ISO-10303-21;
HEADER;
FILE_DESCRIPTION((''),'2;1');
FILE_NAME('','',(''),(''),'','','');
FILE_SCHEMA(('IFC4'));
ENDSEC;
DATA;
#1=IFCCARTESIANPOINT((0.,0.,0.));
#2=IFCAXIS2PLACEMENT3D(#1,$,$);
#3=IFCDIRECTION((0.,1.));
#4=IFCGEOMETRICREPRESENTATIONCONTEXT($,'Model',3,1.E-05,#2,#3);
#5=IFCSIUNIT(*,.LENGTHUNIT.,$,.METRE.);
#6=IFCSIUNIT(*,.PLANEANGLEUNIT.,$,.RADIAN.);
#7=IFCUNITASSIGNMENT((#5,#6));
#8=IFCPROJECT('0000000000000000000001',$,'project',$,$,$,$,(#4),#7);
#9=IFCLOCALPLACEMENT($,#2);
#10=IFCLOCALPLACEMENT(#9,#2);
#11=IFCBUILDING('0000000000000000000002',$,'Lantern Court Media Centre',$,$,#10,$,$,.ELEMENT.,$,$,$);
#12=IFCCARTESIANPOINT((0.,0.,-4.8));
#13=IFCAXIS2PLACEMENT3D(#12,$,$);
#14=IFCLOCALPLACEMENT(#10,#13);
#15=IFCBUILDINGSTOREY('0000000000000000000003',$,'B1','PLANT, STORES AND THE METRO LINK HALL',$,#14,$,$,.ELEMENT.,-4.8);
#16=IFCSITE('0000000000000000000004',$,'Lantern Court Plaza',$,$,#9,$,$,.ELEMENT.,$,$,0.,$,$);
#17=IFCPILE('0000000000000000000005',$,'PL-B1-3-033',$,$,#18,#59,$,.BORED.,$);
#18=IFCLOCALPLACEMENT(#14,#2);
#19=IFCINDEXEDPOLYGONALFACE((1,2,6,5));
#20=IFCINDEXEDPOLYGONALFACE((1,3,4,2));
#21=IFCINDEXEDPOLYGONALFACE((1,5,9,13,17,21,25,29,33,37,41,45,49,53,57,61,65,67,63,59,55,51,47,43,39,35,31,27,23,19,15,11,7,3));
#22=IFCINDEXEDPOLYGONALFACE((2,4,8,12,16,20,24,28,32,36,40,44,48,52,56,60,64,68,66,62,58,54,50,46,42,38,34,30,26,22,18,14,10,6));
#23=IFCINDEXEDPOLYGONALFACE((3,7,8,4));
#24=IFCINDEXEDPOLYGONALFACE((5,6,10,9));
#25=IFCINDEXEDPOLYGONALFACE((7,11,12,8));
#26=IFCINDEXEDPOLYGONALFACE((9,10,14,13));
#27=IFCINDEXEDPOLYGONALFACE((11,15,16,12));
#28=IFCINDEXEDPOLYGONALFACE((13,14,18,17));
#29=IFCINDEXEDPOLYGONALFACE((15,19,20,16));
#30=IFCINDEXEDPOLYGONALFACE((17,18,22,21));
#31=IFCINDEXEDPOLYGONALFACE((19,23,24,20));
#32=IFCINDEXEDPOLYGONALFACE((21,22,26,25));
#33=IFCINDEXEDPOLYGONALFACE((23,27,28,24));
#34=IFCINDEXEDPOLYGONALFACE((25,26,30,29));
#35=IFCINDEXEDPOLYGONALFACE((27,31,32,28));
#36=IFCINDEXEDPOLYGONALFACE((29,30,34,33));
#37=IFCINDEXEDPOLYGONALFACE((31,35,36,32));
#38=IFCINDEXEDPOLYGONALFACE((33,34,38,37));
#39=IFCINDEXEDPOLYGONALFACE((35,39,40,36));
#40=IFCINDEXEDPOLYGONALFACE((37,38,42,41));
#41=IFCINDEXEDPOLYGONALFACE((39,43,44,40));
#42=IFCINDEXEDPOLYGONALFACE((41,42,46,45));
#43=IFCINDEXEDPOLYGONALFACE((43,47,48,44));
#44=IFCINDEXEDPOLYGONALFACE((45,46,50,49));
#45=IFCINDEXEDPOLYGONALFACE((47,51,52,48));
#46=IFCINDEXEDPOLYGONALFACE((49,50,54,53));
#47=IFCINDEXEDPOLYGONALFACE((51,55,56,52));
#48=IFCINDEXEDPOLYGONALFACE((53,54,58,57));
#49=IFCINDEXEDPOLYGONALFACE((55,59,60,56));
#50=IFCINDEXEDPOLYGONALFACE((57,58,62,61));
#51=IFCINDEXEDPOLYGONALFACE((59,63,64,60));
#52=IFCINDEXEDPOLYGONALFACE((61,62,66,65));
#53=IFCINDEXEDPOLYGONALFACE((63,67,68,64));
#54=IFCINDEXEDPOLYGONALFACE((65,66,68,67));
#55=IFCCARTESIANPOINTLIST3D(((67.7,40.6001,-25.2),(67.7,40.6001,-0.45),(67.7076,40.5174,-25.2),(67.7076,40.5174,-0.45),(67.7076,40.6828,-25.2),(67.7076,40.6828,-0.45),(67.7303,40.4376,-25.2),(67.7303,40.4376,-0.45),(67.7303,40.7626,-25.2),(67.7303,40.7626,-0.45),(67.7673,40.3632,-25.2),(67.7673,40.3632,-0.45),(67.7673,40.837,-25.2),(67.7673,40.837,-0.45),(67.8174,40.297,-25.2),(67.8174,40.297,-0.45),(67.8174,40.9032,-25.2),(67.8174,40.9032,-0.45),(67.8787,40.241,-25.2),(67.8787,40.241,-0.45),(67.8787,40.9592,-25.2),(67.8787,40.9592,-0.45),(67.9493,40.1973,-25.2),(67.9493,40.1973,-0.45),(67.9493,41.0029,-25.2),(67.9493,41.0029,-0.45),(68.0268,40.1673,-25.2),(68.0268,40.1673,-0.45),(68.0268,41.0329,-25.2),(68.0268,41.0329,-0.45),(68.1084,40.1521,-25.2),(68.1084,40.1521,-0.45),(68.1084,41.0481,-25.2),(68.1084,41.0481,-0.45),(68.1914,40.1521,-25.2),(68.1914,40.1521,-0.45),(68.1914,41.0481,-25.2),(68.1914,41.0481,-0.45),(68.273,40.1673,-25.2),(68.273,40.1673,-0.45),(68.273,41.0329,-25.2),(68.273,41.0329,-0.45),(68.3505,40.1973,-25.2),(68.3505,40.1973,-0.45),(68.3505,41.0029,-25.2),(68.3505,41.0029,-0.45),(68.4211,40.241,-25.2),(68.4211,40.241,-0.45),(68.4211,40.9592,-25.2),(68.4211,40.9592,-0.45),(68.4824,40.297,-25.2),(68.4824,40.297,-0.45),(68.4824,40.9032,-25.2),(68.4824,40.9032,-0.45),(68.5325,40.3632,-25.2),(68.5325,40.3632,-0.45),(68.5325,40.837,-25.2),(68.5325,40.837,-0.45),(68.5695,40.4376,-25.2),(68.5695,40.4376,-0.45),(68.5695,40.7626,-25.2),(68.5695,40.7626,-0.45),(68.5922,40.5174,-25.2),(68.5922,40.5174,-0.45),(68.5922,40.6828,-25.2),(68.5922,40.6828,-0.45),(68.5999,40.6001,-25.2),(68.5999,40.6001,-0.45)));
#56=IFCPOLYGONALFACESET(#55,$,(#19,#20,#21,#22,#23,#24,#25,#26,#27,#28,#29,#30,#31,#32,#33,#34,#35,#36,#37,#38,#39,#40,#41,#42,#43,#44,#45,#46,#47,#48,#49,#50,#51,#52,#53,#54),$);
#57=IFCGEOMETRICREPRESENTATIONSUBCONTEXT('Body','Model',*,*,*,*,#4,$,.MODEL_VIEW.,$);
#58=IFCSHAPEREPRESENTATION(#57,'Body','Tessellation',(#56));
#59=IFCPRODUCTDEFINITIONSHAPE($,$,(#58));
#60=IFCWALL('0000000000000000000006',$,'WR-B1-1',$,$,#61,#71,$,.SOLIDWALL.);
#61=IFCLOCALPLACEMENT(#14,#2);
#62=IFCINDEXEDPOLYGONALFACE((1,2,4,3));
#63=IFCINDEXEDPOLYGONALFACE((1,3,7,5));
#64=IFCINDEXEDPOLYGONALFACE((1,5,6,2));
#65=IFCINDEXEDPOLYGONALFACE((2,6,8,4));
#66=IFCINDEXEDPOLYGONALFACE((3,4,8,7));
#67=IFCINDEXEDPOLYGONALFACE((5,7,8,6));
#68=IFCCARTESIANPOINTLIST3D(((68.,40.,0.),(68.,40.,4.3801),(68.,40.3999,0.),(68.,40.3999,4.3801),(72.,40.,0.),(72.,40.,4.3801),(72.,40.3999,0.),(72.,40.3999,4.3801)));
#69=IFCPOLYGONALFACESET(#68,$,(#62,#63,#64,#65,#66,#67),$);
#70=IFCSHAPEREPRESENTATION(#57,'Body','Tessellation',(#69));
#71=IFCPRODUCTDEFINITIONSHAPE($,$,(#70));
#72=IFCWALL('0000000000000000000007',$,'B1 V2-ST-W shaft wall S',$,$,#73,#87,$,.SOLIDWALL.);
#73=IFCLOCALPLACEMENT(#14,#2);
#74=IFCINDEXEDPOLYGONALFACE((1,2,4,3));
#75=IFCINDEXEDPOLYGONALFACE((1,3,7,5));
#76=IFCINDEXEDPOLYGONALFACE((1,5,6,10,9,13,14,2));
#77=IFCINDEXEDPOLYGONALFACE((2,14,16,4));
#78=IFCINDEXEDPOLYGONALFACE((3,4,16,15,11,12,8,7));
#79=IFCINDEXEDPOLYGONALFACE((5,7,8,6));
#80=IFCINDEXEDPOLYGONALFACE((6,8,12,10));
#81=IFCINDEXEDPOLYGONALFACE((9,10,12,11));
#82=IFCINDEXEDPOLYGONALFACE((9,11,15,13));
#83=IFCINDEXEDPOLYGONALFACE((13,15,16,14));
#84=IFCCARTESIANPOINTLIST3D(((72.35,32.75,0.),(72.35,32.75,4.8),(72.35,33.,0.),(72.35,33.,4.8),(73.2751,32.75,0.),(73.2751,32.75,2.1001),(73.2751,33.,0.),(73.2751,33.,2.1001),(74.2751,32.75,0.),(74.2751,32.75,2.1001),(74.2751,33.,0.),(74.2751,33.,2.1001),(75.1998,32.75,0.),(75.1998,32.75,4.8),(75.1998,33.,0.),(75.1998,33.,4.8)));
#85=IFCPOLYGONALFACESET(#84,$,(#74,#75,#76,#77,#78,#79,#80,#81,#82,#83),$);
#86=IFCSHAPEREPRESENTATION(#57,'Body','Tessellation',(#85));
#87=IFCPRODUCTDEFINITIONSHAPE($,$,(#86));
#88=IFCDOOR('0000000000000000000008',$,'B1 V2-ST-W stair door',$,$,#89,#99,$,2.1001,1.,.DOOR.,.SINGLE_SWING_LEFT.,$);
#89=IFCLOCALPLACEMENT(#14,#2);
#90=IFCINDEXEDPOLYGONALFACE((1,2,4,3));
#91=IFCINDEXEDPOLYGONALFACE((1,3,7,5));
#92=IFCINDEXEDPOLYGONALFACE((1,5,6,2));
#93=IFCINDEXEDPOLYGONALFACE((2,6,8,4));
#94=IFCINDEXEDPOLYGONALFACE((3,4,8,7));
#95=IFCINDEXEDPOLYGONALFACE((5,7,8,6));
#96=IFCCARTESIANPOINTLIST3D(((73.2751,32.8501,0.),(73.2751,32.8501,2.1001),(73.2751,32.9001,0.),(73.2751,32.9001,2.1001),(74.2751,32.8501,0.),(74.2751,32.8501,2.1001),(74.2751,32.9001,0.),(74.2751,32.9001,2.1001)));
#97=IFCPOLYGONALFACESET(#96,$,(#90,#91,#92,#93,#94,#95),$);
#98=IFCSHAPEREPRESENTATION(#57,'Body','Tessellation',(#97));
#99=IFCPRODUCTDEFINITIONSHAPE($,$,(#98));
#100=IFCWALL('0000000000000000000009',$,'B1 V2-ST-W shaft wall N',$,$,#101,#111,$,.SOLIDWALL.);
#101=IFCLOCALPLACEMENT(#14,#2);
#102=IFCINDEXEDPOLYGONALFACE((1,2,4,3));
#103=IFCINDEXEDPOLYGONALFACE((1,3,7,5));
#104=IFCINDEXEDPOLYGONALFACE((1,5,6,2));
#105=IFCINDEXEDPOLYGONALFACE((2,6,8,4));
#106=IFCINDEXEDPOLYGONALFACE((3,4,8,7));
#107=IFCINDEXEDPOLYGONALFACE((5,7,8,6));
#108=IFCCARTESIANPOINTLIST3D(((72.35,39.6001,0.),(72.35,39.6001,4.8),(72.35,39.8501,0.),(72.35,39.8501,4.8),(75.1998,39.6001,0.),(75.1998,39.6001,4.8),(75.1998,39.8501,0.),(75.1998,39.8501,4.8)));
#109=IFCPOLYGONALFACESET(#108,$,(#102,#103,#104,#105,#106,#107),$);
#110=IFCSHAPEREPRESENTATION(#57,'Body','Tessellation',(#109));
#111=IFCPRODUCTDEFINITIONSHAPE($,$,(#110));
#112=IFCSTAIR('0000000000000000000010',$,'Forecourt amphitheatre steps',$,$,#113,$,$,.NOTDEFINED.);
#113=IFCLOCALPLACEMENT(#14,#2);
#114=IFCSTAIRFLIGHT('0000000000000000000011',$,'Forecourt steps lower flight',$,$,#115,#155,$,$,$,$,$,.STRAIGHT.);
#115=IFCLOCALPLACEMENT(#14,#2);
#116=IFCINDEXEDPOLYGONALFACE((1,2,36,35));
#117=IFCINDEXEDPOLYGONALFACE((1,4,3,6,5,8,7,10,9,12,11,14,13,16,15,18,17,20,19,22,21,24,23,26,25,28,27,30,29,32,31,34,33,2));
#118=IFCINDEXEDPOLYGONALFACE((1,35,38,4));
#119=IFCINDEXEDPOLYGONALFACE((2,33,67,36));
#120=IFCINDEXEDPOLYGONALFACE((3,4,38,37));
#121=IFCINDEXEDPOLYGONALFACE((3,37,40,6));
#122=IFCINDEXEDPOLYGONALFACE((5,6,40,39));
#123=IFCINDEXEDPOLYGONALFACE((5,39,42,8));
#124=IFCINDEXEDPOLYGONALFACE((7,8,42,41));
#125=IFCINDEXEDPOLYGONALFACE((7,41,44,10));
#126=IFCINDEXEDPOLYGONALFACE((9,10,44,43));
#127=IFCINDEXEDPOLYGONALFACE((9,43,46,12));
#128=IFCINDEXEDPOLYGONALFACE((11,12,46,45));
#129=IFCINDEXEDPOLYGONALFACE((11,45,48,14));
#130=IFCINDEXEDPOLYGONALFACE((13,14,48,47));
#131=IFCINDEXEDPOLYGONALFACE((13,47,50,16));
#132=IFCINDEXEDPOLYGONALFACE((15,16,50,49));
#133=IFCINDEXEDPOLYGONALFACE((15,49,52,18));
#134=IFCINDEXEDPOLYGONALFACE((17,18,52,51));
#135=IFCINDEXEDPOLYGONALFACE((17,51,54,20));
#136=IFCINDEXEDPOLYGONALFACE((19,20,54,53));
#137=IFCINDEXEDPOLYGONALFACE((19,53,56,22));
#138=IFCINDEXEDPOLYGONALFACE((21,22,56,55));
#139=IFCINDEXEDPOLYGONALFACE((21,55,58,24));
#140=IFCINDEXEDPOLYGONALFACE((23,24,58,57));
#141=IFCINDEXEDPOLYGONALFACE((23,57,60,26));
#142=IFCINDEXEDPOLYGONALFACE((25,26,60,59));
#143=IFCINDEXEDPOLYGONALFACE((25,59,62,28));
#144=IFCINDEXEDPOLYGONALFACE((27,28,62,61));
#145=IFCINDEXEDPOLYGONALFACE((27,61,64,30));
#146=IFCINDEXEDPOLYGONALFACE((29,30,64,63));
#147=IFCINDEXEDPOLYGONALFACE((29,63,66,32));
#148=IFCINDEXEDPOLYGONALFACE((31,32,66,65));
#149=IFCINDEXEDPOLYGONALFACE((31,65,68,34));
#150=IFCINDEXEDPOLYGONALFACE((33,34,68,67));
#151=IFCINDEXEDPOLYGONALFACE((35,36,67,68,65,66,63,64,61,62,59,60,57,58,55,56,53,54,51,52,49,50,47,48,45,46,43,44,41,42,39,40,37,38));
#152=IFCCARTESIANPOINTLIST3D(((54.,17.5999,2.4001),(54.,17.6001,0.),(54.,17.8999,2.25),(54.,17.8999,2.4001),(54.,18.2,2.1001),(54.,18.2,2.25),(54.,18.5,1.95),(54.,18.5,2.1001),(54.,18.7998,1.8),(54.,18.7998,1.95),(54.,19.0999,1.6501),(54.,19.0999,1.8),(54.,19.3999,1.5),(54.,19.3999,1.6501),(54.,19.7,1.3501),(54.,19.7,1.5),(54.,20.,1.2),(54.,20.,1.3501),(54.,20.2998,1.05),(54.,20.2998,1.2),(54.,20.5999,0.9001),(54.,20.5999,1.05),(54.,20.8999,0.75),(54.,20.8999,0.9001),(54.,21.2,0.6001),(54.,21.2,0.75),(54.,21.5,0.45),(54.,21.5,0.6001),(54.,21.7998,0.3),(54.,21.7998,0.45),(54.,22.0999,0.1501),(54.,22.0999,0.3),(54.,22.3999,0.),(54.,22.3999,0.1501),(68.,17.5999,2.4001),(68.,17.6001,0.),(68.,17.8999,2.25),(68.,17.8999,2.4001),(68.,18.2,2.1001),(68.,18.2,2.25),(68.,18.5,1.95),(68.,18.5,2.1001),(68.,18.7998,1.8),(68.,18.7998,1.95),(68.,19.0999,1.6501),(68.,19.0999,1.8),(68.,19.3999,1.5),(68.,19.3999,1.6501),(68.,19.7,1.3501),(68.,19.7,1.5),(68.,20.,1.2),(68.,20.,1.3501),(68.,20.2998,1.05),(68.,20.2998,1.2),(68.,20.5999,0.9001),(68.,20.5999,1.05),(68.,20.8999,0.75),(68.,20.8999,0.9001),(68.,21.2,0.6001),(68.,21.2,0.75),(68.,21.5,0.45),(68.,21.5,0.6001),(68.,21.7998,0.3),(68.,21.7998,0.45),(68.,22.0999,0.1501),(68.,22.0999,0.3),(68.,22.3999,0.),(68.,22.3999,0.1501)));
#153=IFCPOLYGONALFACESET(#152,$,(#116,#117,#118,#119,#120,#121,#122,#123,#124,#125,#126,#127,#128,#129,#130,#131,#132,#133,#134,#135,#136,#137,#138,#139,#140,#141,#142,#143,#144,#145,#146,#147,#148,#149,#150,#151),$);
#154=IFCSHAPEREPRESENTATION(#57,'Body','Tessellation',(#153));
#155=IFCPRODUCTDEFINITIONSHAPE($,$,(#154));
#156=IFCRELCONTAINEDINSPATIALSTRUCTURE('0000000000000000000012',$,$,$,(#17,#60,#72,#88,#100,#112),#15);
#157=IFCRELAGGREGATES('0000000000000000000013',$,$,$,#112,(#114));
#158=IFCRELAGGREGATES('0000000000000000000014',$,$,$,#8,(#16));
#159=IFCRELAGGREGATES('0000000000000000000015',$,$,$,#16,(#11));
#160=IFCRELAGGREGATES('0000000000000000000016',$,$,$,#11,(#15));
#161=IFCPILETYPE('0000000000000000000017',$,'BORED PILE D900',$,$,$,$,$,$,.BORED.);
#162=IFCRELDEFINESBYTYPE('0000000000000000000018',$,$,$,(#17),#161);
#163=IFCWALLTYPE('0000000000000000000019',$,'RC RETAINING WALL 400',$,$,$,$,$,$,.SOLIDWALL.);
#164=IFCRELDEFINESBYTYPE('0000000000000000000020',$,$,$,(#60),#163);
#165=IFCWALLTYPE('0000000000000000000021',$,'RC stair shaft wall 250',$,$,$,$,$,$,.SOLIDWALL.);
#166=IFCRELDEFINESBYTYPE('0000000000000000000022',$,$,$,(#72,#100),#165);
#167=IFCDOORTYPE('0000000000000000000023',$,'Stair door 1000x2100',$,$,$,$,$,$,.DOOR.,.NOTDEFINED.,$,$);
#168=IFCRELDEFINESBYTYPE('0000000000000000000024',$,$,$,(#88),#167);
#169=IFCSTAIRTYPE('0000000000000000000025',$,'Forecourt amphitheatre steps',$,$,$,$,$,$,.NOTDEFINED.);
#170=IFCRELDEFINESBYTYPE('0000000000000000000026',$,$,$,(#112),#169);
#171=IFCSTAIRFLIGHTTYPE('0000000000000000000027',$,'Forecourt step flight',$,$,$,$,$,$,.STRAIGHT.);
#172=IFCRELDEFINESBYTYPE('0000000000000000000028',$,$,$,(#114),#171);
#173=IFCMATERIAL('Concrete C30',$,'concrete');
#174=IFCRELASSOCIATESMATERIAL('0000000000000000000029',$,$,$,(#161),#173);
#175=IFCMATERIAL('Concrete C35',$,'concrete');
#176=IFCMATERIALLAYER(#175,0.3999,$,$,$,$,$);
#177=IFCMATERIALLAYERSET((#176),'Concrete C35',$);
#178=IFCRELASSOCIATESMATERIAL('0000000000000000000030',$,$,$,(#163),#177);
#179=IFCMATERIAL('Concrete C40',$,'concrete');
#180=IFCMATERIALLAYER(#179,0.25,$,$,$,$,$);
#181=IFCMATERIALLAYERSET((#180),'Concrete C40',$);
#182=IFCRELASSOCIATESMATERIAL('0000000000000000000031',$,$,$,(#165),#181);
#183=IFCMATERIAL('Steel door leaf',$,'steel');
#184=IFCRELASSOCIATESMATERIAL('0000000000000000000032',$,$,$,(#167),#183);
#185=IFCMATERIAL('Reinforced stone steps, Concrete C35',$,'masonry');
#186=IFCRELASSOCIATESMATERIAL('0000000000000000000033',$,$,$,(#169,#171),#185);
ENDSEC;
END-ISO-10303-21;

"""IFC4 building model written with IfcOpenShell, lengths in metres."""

from ifc_helpers import new_model, si_unit, direction, frame, frame_2d, origin, origin_2d, place, context, subcontext, project, spatial, polyline, rectangle, circle, outline, extrude, material, layer, layer_set, material_profile, profile_set, type_object, element, fill, aggregate, save


model = new_model("IFC4")

# Units and contexts
model_context = context("Model", 3, precision=1e-05, world=origin(), true_north=direction((0.0, 1.0)))
body_context = subcontext(model_context, "Body", "Model", "MODEL_VIEW")
ifc_project = project(units=[si_unit("LENGTHUNIT", "METRE"), si_unit("PLANEANGLEUNIT", "RADIAN")], contexts=[model_context])

# Site, building, storey
site_placement = place(None, origin())
site = spatial("IfcSite", under=ifc_project, at=site_placement, Name="Lantern Court Plaza", CompositionType="ELEMENT", RefElevation=0.0)
building_placement = place(site_placement, origin())
building = spatial("IfcBuilding", under=site, at=building_placement, Name="Lantern Court Media Centre", CompositionType="ELEMENT")
storey_placement = place(building_placement, frame((0.0, 0.0, -4.8)))
storey = spatial("IfcBuildingStorey", under=building, at=storey_placement, Name="B1", Description="PLANT, STORES AND THE METRO LINK HALL", CompositionType="ELEMENT", Elevation=-4.8)

# Pile
ifc_material_1 = material(Name="Concrete C30", Category="concrete")
ifc_material_profile = material_profile(ifc_material_1, circle(Radius=0.45, at=origin_2d()), Name="D900")
ifc_profile_set = profile_set([ifc_material_profile], Name="Concrete C30")
pile_type = type_object("IfcPileType", Name="BORED PILE D900", PredefinedType="BORED", material=ifc_profile_set)
for number, where, z_axis, x_axis, name in (
    (1, (68.1499, 40.6001, -0.45), (0.0, 0.0, -1.0), (1.0, 0.0, 0.0), "PL-B1-3-033"),
):
    element("IfcPile", number, at=place(storey_placement, frame(where, z_axis=z_axis, x_axis=x_axis)), inside=storey, type_object=pile_type, Name=name, PredefinedType="BORED", context=body_context, shape_type="SweptSolid", body=[
        extrude(circle(Radius=0.45, at=origin_2d()), origin(), (0.0, 0.0, 1.0), 24.75),
    ])

# Wall
ifc_material_2 = material(Name="Concrete C35", Category="concrete")
ifc_layer_1 = layer(ifc_material_2, 0.3999)
ifc_layer_set_1 = layer_set([ifc_layer_1], Name="Concrete C35")
wall_type_1 = type_object("IfcWallType", Name="RC RETAINING WALL 400", PredefinedType="SOLIDWALL", material=ifc_layer_set_1)
wall_1_placement = place(storey_placement, frame((68.0, 40.2, 0.0), z_axis=(0.0, 0.0, 1.0), x_axis=(1.0, 0.0, 0.0)))
element("IfcWall", 2, at=wall_1_placement, inside=storey, type_object=wall_type_1, Name="WR-B1-1", PredefinedType="SOLIDWALL", context=body_context, shape_type="SweptSolid", body=[
    extrude(rectangle(XDim=4.0, YDim=0.3999, at=frame_2d((2.0, 0.0))), origin(), (0.0, 0.0, 1.0), 4.3801),
])

# Wall, opening, door
ifc_material_3 = material(Name="Concrete C40", Category="concrete")
ifc_layer_2 = layer(ifc_material_3, 0.25)
ifc_layer_set_2 = layer_set([ifc_layer_2], Name="Concrete C40")
wall_type_2 = type_object("IfcWallType", Name="RC stair shaft wall 250", PredefinedType="SOLIDWALL", material=ifc_layer_set_2)
wall_2_placement = place(storey_placement, frame((72.3501, 32.875, 0.0), z_axis=(0.0, 0.0, 1.0), x_axis=(1.0, 0.0, 0.0)))
wall_2 = element("IfcWall", 3, at=wall_2_placement, inside=storey, type_object=wall_type_2, Name="B1 V2-ST-W shaft wall S", PredefinedType="SOLIDWALL", context=body_context, shape_type="SweptSolid", body=[
    extrude(rectangle(XDim=2.8499, YDim=0.25, at=frame_2d((1.4248, 0.0))), origin(), (0.0, 0.0, 1.0), 4.8),
])
opening_placement = place(wall_2_placement, frame((0.925, 0.0, 0.0)))
opening = element("IfcOpeningElement", 4, at=opening_placement, cuts=wall_2, PredefinedType="OPENING", context=body_context, shape_type="SweptSolid", body=[
    extrude(rectangle(XDim=1.0, YDim=2.1001, at=frame_2d((0.5, 1.05))), frame((0.0, 0.135, 0.0), z_axis=(0.0, -1.0, 0.0), x_axis=(1.0, 0.0, 0.0)), (0.0, 0.0, 1.0), 0.27),
])
ifc_material_4 = material(Name="Steel door leaf", Category="steel")
door_type = type_object("IfcDoorType", Name="Stair door 1000x2100", OperationType="NOTDEFINED", PredefinedType="DOOR", material=ifc_material_4)
door_placement = place(opening_placement, frame((1.0, 0.0, 0.0), z_axis=(0.0, 0.0, 1.0), x_axis=(-1.0, 0.0, 0.0)))
door = element("IfcDoor", 5, at=door_placement, inside=storey, type_object=door_type, Name="B1 V2-ST-W stair door", OperationType="SINGLE_SWING_LEFT", OverallHeight=2.1001, OverallWidth=1.0, PredefinedType="DOOR", context=body_context, shape_type="SweptSolid", body=[
    extrude(rectangle(XDim=1.0, YDim=2.1001, at=frame_2d((0.5, 1.05))), frame((0.0, 0.0249, 0.0), z_axis=(0.0, -1.0, 0.0), x_axis=(1.0, 0.0, 0.0)), (0.0, 0.0, 1.0), 0.05),
])
fill(opening, door)

# Wall
wall_3_placement = place(storey_placement, frame((72.3501, 39.7251, 0.0), z_axis=(0.0, 0.0, 1.0), x_axis=(1.0, 0.0, 0.0)))
element("IfcWall", 6, at=wall_3_placement, inside=storey, type_object=wall_type_2, Name="B1 V2-ST-W shaft wall N", PredefinedType="SOLIDWALL", context=body_context, shape_type="SweptSolid", body=[
    extrude(rectangle(XDim=2.8499, YDim=0.25, at=frame_2d((1.4248, 0.0))), origin(), (0.0, 0.0, 1.0), 4.8),
])

# Stair, stair flight
ifc_material_5 = material(Name="Reinforced stone steps, Concrete C35", Category="masonry")
stair_type = type_object("IfcStairType", Name="Forecourt amphitheatre steps", PredefinedType="NOTDEFINED", material=ifc_material_5)
stair_placement = place(storey_placement, origin())
stair = element("IfcStair", 7, at=stair_placement, inside=storey, type_object=stair_type, Name="Forecourt amphitheatre steps", PredefinedType="NOTDEFINED")
stair_flight_type = type_object("IfcStairFlightType", Name="Forecourt step flight", PredefinedType="STRAIGHT", material=ifc_material_5)
stair_flight_placement = place(storey_placement, frame((61.0, 22.3999, 0.0), z_axis=(0.0, 0.0, 1.0), x_axis=(0.0, -1.0, 0.0)))
stair_flight = element("IfcStairFlight", 8, at=stair_flight_placement, type_object=stair_flight_type, Name="Forecourt steps lower flight", PredefinedType="STRAIGHT", context=body_context, shape_type="SweptSolid", body=[
    extrude(outline(polyline([(0.0, 0.0), (4.7998, 0.0), (4.8, 2.4001), (4.5, 2.4001), (4.5, 2.25), (4.2, 2.25), (4.2, 2.1001), (3.8999, 2.1001), (3.8999, 1.95), (3.6001, 1.95), (3.6001, 1.8), (3.3, 1.8), (3.3, 1.6501), (3.0, 1.6501), (3.0, 1.5), (2.7, 1.5), (2.7, 1.3501), (2.3999, 1.3501), (2.3999, 1.2), (2.1001, 1.2), (2.1001, 1.05), (1.8, 1.05), (1.8, 0.9001), (1.5, 0.9001), (1.5, 0.75), (1.2, 0.75), (1.2, 0.6001), (0.8999, 0.6001), (0.8999, 0.45), (0.6001, 0.45), (0.6001, 0.3), (0.3, 0.3), (0.3, 0.1501), (0.0, 0.1501), (0.0, 0.0)])), frame((0.0, 7.0, 0.0), z_axis=(0.0, -1.0, 0.0), x_axis=(1.0, 0.0, 0.0)), (0.0, 0.0, 1.0), 14.0),
])
aggregate(stair, [stair_flight])

save(model, "model.ifc")
